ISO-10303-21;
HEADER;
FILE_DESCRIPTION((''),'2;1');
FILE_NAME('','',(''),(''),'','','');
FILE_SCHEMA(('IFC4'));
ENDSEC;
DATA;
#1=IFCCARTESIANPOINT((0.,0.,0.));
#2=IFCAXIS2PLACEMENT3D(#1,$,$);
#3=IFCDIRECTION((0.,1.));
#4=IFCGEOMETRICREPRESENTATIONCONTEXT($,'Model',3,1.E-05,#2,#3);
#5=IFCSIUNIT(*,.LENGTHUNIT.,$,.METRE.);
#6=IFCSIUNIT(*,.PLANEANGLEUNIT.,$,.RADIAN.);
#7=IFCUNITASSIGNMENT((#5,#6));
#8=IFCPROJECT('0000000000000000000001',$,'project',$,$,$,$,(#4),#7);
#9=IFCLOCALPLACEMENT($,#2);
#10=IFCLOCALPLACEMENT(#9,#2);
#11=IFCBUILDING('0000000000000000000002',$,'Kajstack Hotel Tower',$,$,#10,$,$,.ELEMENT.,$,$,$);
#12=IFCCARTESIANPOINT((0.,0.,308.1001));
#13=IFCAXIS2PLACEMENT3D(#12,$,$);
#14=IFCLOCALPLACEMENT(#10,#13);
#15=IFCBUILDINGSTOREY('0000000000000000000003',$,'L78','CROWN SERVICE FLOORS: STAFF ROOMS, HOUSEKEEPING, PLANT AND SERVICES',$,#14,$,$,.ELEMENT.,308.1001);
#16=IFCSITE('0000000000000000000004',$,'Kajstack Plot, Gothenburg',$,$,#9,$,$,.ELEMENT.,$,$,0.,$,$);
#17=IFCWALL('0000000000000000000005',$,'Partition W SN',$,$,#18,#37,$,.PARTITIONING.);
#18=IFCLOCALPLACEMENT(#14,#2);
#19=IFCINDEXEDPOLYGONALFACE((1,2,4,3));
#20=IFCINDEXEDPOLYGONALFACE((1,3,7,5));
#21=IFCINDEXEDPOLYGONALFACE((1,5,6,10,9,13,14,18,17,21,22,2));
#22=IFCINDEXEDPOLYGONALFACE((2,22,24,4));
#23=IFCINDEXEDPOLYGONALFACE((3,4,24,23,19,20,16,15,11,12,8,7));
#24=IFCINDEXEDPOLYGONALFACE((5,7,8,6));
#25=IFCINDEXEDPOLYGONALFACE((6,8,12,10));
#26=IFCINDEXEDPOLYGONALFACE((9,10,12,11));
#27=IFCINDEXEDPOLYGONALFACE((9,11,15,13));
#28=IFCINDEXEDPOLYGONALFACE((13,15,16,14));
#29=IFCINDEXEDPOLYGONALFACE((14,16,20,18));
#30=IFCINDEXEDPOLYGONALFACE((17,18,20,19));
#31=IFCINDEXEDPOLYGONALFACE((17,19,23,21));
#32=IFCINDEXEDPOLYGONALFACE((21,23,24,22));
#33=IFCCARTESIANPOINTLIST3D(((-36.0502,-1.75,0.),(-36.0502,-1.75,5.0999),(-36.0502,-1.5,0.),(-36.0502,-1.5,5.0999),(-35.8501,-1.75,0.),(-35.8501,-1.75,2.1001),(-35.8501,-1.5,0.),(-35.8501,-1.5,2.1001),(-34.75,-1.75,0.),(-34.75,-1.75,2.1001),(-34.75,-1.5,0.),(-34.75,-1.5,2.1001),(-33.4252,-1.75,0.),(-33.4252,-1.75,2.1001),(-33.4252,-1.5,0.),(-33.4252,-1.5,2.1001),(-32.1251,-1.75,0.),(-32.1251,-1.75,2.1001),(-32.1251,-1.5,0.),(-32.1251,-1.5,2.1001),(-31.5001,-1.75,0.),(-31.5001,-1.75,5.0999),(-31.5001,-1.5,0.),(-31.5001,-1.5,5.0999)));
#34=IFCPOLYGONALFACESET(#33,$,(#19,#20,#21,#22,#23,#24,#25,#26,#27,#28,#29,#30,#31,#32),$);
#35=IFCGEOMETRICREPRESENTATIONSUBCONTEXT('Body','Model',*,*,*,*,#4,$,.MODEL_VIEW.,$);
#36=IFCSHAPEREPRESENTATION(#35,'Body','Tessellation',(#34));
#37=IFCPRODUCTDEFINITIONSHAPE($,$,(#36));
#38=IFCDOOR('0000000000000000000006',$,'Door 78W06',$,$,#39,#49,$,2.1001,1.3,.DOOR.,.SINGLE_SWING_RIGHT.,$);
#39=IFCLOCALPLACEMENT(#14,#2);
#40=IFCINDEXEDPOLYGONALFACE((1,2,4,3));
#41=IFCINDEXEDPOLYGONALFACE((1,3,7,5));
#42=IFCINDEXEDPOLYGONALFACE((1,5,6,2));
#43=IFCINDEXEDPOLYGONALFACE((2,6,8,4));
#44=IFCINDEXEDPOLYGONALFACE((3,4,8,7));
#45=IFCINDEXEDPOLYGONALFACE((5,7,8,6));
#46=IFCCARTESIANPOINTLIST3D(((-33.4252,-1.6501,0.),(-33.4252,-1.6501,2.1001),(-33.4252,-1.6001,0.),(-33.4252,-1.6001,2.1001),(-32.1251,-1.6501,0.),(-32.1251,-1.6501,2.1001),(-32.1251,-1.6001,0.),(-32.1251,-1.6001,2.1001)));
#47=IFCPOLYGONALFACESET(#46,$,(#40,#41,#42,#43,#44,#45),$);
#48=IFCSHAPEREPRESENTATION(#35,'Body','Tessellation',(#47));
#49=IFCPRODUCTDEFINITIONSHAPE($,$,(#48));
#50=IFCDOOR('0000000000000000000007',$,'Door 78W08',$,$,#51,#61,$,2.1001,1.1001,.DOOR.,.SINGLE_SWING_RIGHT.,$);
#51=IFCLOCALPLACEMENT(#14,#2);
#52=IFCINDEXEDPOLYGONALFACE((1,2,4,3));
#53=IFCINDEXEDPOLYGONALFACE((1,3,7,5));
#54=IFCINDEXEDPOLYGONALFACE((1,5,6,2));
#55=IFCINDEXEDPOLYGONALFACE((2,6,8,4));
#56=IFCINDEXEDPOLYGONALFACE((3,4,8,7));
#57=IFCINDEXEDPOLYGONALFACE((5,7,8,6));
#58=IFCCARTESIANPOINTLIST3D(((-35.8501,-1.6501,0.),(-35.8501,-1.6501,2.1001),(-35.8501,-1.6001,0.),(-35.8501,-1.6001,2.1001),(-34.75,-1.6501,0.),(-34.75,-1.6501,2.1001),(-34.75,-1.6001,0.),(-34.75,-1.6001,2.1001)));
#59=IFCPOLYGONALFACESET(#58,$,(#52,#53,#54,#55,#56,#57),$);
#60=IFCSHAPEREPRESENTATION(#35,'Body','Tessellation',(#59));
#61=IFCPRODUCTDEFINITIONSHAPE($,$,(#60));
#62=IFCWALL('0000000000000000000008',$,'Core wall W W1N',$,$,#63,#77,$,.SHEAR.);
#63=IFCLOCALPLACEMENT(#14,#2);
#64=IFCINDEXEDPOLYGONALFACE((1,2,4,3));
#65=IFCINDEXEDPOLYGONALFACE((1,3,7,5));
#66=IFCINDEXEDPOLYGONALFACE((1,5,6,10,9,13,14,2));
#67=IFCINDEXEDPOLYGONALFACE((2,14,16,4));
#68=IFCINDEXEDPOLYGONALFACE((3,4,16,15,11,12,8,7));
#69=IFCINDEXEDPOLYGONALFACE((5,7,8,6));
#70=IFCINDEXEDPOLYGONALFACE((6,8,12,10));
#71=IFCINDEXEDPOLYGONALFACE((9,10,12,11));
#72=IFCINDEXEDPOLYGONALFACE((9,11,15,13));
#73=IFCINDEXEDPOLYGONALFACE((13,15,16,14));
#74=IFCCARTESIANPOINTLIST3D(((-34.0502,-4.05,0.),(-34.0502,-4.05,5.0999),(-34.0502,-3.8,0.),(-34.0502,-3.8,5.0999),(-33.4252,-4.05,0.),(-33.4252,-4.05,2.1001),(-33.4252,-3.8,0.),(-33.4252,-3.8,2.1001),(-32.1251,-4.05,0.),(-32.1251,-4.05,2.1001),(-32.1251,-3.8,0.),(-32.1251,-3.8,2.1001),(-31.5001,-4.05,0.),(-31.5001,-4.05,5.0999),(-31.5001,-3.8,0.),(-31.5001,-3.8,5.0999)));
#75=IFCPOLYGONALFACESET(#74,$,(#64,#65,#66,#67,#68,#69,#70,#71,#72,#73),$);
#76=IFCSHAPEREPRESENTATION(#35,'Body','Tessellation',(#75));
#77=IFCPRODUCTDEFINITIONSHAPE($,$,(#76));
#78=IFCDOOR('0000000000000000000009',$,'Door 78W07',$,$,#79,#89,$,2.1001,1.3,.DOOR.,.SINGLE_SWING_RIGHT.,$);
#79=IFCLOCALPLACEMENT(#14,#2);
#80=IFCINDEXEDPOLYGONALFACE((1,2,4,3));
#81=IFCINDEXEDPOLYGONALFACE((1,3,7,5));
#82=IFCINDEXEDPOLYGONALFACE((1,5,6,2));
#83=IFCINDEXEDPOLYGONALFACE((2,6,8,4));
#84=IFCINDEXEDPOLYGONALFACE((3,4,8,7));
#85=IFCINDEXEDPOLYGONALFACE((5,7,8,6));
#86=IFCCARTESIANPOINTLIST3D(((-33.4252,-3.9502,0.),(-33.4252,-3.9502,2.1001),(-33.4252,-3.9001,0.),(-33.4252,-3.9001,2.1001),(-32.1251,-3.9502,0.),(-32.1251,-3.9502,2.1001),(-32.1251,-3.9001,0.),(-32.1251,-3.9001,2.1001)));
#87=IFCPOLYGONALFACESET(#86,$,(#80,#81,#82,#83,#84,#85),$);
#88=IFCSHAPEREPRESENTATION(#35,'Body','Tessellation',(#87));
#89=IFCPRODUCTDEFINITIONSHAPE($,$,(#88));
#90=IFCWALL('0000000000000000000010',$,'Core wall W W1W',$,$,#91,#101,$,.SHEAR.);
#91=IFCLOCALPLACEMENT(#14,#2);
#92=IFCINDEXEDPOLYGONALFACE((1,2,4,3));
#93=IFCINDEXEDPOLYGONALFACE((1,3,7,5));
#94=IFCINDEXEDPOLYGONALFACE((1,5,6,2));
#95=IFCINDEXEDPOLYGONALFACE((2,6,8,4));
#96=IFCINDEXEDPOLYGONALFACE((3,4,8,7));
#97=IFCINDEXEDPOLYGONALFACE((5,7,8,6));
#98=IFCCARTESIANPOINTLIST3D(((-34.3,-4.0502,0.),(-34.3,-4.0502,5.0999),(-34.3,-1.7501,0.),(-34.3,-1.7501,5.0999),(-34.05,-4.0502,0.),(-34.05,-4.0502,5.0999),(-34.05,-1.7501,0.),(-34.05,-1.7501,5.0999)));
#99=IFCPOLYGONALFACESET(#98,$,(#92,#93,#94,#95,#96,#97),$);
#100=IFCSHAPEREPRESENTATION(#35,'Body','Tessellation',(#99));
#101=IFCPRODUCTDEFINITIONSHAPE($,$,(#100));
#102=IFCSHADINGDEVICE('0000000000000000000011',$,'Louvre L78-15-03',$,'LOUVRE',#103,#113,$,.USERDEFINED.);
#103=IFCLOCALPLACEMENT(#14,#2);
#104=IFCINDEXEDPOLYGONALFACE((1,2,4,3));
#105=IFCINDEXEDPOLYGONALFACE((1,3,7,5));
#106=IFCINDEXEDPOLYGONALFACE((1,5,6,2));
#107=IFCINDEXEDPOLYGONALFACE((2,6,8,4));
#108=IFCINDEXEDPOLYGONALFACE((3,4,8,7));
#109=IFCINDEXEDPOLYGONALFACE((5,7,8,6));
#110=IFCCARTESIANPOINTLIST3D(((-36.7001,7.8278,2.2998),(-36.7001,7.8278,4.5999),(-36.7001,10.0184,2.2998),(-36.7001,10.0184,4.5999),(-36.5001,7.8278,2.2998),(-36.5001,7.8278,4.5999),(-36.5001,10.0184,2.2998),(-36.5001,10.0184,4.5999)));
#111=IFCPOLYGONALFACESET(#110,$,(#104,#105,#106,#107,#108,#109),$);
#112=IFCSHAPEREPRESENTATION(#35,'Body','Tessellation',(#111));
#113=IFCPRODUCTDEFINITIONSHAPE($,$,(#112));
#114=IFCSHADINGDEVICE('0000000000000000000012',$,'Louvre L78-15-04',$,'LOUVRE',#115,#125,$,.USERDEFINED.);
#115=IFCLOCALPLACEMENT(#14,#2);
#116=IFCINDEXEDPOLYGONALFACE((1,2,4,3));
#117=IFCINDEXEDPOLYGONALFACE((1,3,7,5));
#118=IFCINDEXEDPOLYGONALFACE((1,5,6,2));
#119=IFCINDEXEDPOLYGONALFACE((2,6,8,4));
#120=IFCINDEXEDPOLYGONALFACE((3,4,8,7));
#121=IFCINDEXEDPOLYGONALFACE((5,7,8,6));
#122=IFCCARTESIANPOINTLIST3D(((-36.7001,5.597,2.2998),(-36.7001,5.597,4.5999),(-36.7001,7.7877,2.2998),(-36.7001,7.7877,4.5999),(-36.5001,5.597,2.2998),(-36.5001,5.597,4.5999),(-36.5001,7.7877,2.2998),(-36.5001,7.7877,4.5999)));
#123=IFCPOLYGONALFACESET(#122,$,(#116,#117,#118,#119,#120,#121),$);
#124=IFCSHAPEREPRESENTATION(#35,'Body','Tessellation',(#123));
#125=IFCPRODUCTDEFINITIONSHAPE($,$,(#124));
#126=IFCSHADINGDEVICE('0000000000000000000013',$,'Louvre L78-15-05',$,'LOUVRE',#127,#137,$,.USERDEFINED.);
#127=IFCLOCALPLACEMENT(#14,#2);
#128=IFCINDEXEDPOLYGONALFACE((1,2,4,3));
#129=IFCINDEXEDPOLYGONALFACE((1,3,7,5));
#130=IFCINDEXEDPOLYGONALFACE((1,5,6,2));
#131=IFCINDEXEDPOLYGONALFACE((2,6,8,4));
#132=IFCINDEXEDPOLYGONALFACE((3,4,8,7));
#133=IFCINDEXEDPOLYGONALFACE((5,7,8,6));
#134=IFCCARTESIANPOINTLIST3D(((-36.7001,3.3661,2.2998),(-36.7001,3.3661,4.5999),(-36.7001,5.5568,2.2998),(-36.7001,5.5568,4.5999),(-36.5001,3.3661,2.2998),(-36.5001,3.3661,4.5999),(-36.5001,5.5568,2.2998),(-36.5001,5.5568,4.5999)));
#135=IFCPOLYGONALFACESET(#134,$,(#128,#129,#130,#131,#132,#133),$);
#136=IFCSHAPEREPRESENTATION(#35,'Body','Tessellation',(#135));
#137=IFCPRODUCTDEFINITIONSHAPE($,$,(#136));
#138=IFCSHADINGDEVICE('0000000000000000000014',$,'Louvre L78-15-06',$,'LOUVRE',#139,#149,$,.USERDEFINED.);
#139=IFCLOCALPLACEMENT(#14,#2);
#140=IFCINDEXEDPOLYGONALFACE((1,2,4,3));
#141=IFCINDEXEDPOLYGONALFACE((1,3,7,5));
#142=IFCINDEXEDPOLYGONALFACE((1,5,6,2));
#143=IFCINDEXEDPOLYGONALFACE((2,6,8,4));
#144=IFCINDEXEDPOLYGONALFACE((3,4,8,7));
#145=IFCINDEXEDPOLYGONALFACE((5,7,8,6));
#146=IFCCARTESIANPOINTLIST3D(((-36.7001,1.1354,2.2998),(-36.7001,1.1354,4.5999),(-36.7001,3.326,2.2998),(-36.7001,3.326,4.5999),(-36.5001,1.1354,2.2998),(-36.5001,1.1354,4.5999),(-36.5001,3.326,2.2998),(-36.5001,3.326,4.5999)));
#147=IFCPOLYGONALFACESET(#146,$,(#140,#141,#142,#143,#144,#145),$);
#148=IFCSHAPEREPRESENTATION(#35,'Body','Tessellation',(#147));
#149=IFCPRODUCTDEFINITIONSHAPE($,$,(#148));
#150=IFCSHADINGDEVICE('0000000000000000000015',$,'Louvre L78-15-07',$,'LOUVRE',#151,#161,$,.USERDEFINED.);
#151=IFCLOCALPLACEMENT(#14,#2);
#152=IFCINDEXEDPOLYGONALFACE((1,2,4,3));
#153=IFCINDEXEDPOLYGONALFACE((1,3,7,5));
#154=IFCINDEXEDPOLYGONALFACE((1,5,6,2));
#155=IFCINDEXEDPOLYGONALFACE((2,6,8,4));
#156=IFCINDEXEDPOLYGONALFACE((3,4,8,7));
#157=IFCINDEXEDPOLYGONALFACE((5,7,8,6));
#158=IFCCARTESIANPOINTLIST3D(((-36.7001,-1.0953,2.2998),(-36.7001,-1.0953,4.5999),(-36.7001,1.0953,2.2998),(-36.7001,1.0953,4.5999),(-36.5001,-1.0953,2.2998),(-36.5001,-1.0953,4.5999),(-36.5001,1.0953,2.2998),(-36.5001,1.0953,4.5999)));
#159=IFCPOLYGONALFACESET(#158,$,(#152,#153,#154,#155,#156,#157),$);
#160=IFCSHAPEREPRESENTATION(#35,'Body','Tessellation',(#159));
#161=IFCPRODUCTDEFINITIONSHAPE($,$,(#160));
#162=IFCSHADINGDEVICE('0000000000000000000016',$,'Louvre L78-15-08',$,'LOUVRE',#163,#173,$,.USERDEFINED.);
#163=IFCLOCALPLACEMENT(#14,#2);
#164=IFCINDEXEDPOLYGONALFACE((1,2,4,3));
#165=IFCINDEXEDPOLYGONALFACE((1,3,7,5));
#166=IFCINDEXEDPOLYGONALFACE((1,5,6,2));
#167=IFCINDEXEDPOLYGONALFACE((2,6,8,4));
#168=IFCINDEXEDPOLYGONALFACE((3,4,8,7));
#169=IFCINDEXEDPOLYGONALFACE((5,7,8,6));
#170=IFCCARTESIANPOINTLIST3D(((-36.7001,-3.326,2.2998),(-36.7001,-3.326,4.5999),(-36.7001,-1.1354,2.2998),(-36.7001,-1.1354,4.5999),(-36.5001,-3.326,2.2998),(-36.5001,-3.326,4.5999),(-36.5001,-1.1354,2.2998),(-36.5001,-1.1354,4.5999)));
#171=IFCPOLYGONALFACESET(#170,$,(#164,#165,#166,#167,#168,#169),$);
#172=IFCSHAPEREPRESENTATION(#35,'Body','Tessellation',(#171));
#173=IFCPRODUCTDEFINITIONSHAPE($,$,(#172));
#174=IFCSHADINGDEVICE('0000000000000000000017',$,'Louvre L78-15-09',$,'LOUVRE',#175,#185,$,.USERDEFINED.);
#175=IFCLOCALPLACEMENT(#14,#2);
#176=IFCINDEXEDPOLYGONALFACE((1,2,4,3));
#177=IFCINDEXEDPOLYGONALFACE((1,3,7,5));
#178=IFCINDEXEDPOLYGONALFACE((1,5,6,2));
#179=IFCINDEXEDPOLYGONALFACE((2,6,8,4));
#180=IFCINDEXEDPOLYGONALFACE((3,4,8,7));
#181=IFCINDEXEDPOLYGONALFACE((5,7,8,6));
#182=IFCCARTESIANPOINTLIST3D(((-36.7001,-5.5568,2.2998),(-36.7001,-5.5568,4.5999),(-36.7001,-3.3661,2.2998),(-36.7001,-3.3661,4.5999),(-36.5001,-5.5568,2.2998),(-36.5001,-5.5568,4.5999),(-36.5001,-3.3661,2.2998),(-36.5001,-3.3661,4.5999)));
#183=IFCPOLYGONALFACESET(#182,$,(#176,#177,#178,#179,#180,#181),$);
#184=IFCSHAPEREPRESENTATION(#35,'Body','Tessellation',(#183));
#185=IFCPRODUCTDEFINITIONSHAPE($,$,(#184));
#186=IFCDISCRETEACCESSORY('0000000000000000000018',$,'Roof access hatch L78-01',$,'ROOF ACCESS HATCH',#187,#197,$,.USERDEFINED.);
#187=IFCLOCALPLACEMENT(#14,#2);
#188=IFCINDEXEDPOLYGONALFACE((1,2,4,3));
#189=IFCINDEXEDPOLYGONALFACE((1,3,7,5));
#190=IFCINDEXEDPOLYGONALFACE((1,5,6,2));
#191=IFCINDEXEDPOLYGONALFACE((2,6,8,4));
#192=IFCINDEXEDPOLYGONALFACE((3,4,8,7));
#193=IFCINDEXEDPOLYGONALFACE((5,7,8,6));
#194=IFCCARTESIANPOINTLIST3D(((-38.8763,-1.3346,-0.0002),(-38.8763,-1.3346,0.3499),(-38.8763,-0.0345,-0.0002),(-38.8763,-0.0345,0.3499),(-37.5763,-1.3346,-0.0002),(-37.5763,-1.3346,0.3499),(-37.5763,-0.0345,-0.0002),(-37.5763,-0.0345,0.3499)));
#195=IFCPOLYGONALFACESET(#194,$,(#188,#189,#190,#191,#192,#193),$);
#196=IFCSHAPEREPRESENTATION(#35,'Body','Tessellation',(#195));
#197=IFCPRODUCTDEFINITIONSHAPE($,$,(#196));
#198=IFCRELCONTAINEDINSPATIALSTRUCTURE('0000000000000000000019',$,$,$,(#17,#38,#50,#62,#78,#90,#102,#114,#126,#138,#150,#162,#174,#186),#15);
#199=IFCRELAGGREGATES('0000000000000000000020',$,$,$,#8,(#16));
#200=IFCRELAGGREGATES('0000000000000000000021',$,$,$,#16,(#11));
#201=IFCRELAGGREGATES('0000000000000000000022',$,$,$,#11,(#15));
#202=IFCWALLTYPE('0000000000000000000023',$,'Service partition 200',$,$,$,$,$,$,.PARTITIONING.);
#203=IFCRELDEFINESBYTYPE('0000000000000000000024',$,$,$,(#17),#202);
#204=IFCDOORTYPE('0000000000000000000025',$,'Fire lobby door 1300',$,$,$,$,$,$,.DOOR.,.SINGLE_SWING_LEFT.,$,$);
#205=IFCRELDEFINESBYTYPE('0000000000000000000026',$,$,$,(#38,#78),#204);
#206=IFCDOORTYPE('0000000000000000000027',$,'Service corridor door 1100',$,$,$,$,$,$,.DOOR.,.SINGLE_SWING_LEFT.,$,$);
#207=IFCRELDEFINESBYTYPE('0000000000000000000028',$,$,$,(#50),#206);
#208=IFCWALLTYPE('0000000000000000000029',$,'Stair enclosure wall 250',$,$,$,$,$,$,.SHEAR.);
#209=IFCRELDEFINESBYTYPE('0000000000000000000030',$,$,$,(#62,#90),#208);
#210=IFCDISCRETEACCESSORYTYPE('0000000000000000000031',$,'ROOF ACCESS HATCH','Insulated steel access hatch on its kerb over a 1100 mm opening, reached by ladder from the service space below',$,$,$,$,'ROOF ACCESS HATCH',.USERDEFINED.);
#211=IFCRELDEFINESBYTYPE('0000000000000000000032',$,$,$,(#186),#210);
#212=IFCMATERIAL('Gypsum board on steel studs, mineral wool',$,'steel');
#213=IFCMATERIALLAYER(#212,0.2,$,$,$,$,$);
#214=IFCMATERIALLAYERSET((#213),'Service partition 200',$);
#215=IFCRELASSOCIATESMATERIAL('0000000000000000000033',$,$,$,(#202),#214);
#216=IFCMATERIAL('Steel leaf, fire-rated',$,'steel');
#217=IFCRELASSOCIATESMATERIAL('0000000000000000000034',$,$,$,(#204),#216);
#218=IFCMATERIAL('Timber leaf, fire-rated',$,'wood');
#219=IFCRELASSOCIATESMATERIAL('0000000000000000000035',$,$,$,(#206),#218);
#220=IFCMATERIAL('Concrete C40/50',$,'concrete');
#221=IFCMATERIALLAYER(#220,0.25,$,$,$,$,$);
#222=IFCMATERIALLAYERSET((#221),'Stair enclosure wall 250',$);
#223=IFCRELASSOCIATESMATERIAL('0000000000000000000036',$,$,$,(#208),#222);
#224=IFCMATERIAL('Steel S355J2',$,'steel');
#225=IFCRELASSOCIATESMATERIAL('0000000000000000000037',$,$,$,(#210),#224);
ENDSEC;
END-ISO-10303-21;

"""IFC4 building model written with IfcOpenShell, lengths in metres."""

from ifc_helpers import new_model, si_unit, direction, frame, frame_2d, origin, origin_2d, place, context, subcontext, project, spatial, rectangle, extrude, material, layer, layer_set, type_object, element, fill, save


model = new_model("IFC4")

# Units and contexts
model_context = context("Model", 3, precision=1e-05, world=origin(), true_north=direction((0.0, 1.0)))
body_context = subcontext(model_context, "Body", "Model", "MODEL_VIEW")
ifc_project = project(units=[si_unit("LENGTHUNIT", "METRE"), si_unit("PLANEANGLEUNIT", "RADIAN")], contexts=[model_context])

# Site, building, storey
site_placement = place(None, origin())
site = spatial("IfcSite", under=ifc_project, at=site_placement, Name="Kajstack Plot, Gothenburg", CompositionType="ELEMENT", RefElevation=0.0)
building_placement = place(site_placement, origin())
building = spatial("IfcBuilding", under=site, at=building_placement, Name="Kajstack Hotel Tower", CompositionType="ELEMENT")
storey_placement = place(building_placement, frame((0.0, 0.0, 308.1001)))
storey = spatial("IfcBuildingStorey", under=building, at=storey_placement, Name="L78", Description="CROWN SERVICE FLOORS: STAFF ROOMS, HOUSEKEEPING, PLANT AND SERVICES", CompositionType="ELEMENT", Elevation=308.1001)

# Shared definitions
ifc_material_1 = material(Name="Steel S355J2", Category="steel")

# Shared definitions
ifc_material_2 = material(Name="Gypsum board on steel studs, mineral wool", Category="steel")

# Wall, openings, doors
ifc_layer_1 = layer(ifc_material_2, 0.2)
ifc_layer_set_1 = layer_set([ifc_layer_1], Name="Service partition 200")
wall_type_1 = type_object("IfcWallType", Name="Service partition 200", PredefinedType="PARTITIONING", material=ifc_layer_set_1)
wall_1_placement = place(storey_placement, frame((-36.05, -1.625, 0.0), z_axis=(0.0, 0.0, 1.0), x_axis=(1.0, 0.0, 0.0)))
wall_1 = element("IfcWall", 1, at=wall_1_placement, inside=storey, type_object=wall_type_1, Name="Partition W SN", PredefinedType="PARTITIONING", context=body_context, shape_type="SweptSolid", body=[
    extrude(rectangle(XDim=4.55, YDim=0.25, at=frame_2d((2.2749, 0.0))), origin(), (0.0, 0.0, 1.0), 5.0999),
])
opening_1_placement = place(wall_1_placement, frame((2.625, 0.0, 0.0)))
opening_1 = element("IfcOpeningElement", 2, at=opening_1_placement, cuts=wall_1, PredefinedType="OPENING", context=body_context, shape_type="SweptSolid", body=[
    extrude(rectangle(XDim=1.3, YDim=2.1001, at=frame_2d((0.6499, 1.05))), frame((0.0, 0.135, 0.0), z_axis=(0.0, -1.0, 0.0), x_axis=(1.0, 0.0, 0.0)), (0.0, 0.0, 1.0), 0.27),
])
opening_2_placement = place(wall_1_placement, frame((0.2, 0.0, 0.0)))
opening_2 = element("IfcOpeningElement", 3, at=opening_2_placement, cuts=wall_1, PredefinedType="OPENING", context=body_context, shape_type="SweptSolid", body=[
    extrude(rectangle(XDim=1.1001, YDim=2.1001, at=frame_2d((0.55, 1.05))), frame((0.0, 0.135, 0.0), z_axis=(0.0, -1.0, 0.0), x_axis=(1.0, 0.0, 0.0)), (0.0, 0.0, 1.0), 0.27),
])
ifc_material_3 = material(Name="Steel leaf, fire-rated", Category="steel")
door_type_1 = type_object("IfcDoorType", Name="Fire lobby door 1300", OperationType="SINGLE_SWING_LEFT", PredefinedType="DOOR", material=ifc_material_3)
door_1_placement = place(opening_1_placement, origin())
door_1 = element("IfcDoor", 4, at=door_1_placement, inside=storey, type_object=door_type_1, Name="Door 78W06", OperationType="SINGLE_SWING_RIGHT", OverallHeight=2.1001, OverallWidth=1.3, PredefinedType="DOOR", context=body_context, shape_type="SweptSolid", body=[
    extrude(rectangle(XDim=1.3, YDim=2.1001, at=frame_2d((0.6499, 1.05))), frame((0.0, 0.0249, 0.0), z_axis=(0.0, -1.0, 0.0), x_axis=(1.0, 0.0, 0.0)), (0.0, 0.0, 1.0), 0.05),
])
fill(opening_1, door_1)
ifc_material_4 = material(Name="Timber leaf, fire-rated", Category="wood")
door_type_2 = type_object("IfcDoorType", Name="Service corridor door 1100", OperationType="SINGLE_SWING_LEFT", PredefinedType="DOOR", material=ifc_material_4)
door_2_placement = place(opening_2_placement, origin())
door_2 = element("IfcDoor", 5, at=door_2_placement, inside=storey, type_object=door_type_2, Name="Door 78W08", OperationType="SINGLE_SWING_RIGHT", OverallHeight=2.1001, OverallWidth=1.1001, PredefinedType="DOOR", context=body_context, shape_type="SweptSolid", body=[
    extrude(rectangle(XDim=1.1001, YDim=2.1001, at=frame_2d((0.55, 1.05))), frame((0.0, 0.0249, 0.0), z_axis=(0.0, -1.0, 0.0), x_axis=(1.0, 0.0, 0.0)), (0.0, 0.0, 1.0), 0.05),
])
fill(opening_2, door_2)

# Wall, opening, door
ifc_material_5 = material(Name="Concrete C40/50", Category="concrete")
ifc_layer_2 = layer(ifc_material_5, 0.25)
ifc_layer_set_2 = layer_set([ifc_layer_2], Name="Stair enclosure wall 250")
wall_type_2 = type_object("IfcWallType", Name="Stair enclosure wall 250", PredefinedType="SHEAR", material=ifc_layer_set_2)
wall_2_placement = place(storey_placement, frame((-34.05, -3.925, 0.0), z_axis=(0.0, 0.0, 1.0), x_axis=(1.0, 0.0, 0.0)))
wall_2 = element("IfcWall", 6, at=wall_2_placement, inside=storey, type_object=wall_type_2, Name="Core wall W W1N", PredefinedType="SHEAR", context=body_context, shape_type="SweptSolid", body=[
    extrude(rectangle(XDim=2.55, YDim=0.25, at=frame_2d((1.2749, 0.0))), origin(), (0.0, 0.0, 1.0), 5.0999),
])
opening_3_placement = place(wall_2_placement, frame((0.625, 0.0, 0.0)))
opening_3 = element("IfcOpeningElement", 7, at=opening_3_placement, cuts=wall_2, PredefinedType="OPENING", context=body_context, shape_type="SweptSolid", body=[
    extrude(rectangle(XDim=1.3, YDim=2.1001, at=frame_2d((0.6499, 1.05))), frame((0.0, 0.135, 0.0), z_axis=(0.0, -1.0, 0.0), x_axis=(1.0, 0.0, 0.0)), (0.0, 0.0, 1.0), 0.27),
])
door_3_placement = place(opening_3_placement, origin())
door_3 = element("IfcDoor", 8, at=door_3_placement, inside=storey, type_object=door_type_1, Name="Door 78W07", OperationType="SINGLE_SWING_RIGHT", OverallHeight=2.1001, OverallWidth=1.3, PredefinedType="DOOR", context=body_context, shape_type="SweptSolid", body=[
    extrude(rectangle(XDim=1.3, YDim=2.1001, at=frame_2d((0.6499, 1.05))), frame((0.0, 0.0249, 0.0), z_axis=(0.0, -1.0, 0.0), x_axis=(1.0, 0.0, 0.0)), (0.0, 0.0, 1.0), 0.05),
])
fill(opening_3, door_3)

# Wall
wall_3_placement = place(storey_placement, frame((-34.175, -4.05, 0.0), z_axis=(0.0, 0.0, 1.0), x_axis=(0.0, 1.0, 0.0)))
element("IfcWall", 9, at=wall_3_placement, inside=storey, type_object=wall_type_2, Name="Core wall W W1W", PredefinedType="SHEAR", context=body_context, shape_type="SweptSolid", body=[
    extrude(rectangle(XDim=2.3, YDim=0.25, at=frame_2d((1.1499, 0.0))), origin(), (0.0, 0.0, 1.0), 5.0999),
])

# Shading devices
for number, where, z_axis, x_axis, name in (
    (10, (-36.6001, 8.9231, 2.2998), (0.0, 0.0, 1.0), (0.0, -1.0, 0.0), "Louvre L78-15-03"),
    (11, (-36.6001, 6.6924, 2.2998), (0.0, 0.0, 1.0), (0.0, -1.0, 0.0), "Louvre L78-15-04"),
    (12, (-36.6001, 4.4614, 2.2998), (0.0, 0.0, 1.0), (0.0, -1.0, 0.0), "Louvre L78-15-05"),
    (13, (-36.6001, 2.2307, 2.2998), (0.0, 0.0, 1.0), (0.0, -1.0, 0.0), "Louvre L78-15-06"),
    (14, (-36.6001, 0.0, 2.2998), (0.0, 0.0, 1.0), (0.0, -1.0, 0.0), "Louvre L78-15-07"),
    (15, (-36.6001, -2.2307, 2.2998), (0.0, 0.0, 1.0), (0.0, -1.0, 0.0), "Louvre L78-15-08"),
    (16, (-36.6001, -4.4614, 2.2998), (0.0, 0.0, 1.0), (0.0, -1.0, 0.0), "Louvre L78-15-09"),
):
    element("IfcShadingDevice", number, at=place(storey_placement, frame(where, z_axis=z_axis, x_axis=x_axis)), inside=storey, Name=name, ObjectType="LOUVRE", PredefinedType="USERDEFINED", context=body_context, shape_type="SweptSolid", body=[
        extrude(rectangle(XDim=2.1907, YDim=0.2, at=origin_2d()), origin(), (0.0, 0.0, 1.0), 2.3),
    ])

# Discrete accessory
discrete_accessory_type = type_object("IfcDiscreteAccessoryType", Name="ROOF ACCESS HATCH", Description="Insulated steel access hatch on its kerb over a 1100 mm opening, reached by ladder from the service space below", ElementType="ROOF ACCESS HATCH", PredefinedType="USERDEFINED", material=ifc_material_1)
discrete_accessory_placement = place(storey_placement, frame((-38.2263, -0.6846, -0.0002), z_axis=(0.0, 0.0, 1.0), x_axis=(1.0, 0.0, 0.0)))
element("IfcDiscreteAccessory", 17, at=discrete_accessory_placement, inside=storey, type_object=discrete_accessory_type, Name="Roof access hatch L78-01", ObjectType="ROOF ACCESS HATCH", PredefinedType="USERDEFINED", context=body_context, shape_type="SweptSolid", body=[
    extrude(rectangle(XDim=1.3, YDim=1.3, at=origin_2d()), origin(), (0.0, 0.0, 1.0), 0.3501),
])

save(model, "model.ifc")
